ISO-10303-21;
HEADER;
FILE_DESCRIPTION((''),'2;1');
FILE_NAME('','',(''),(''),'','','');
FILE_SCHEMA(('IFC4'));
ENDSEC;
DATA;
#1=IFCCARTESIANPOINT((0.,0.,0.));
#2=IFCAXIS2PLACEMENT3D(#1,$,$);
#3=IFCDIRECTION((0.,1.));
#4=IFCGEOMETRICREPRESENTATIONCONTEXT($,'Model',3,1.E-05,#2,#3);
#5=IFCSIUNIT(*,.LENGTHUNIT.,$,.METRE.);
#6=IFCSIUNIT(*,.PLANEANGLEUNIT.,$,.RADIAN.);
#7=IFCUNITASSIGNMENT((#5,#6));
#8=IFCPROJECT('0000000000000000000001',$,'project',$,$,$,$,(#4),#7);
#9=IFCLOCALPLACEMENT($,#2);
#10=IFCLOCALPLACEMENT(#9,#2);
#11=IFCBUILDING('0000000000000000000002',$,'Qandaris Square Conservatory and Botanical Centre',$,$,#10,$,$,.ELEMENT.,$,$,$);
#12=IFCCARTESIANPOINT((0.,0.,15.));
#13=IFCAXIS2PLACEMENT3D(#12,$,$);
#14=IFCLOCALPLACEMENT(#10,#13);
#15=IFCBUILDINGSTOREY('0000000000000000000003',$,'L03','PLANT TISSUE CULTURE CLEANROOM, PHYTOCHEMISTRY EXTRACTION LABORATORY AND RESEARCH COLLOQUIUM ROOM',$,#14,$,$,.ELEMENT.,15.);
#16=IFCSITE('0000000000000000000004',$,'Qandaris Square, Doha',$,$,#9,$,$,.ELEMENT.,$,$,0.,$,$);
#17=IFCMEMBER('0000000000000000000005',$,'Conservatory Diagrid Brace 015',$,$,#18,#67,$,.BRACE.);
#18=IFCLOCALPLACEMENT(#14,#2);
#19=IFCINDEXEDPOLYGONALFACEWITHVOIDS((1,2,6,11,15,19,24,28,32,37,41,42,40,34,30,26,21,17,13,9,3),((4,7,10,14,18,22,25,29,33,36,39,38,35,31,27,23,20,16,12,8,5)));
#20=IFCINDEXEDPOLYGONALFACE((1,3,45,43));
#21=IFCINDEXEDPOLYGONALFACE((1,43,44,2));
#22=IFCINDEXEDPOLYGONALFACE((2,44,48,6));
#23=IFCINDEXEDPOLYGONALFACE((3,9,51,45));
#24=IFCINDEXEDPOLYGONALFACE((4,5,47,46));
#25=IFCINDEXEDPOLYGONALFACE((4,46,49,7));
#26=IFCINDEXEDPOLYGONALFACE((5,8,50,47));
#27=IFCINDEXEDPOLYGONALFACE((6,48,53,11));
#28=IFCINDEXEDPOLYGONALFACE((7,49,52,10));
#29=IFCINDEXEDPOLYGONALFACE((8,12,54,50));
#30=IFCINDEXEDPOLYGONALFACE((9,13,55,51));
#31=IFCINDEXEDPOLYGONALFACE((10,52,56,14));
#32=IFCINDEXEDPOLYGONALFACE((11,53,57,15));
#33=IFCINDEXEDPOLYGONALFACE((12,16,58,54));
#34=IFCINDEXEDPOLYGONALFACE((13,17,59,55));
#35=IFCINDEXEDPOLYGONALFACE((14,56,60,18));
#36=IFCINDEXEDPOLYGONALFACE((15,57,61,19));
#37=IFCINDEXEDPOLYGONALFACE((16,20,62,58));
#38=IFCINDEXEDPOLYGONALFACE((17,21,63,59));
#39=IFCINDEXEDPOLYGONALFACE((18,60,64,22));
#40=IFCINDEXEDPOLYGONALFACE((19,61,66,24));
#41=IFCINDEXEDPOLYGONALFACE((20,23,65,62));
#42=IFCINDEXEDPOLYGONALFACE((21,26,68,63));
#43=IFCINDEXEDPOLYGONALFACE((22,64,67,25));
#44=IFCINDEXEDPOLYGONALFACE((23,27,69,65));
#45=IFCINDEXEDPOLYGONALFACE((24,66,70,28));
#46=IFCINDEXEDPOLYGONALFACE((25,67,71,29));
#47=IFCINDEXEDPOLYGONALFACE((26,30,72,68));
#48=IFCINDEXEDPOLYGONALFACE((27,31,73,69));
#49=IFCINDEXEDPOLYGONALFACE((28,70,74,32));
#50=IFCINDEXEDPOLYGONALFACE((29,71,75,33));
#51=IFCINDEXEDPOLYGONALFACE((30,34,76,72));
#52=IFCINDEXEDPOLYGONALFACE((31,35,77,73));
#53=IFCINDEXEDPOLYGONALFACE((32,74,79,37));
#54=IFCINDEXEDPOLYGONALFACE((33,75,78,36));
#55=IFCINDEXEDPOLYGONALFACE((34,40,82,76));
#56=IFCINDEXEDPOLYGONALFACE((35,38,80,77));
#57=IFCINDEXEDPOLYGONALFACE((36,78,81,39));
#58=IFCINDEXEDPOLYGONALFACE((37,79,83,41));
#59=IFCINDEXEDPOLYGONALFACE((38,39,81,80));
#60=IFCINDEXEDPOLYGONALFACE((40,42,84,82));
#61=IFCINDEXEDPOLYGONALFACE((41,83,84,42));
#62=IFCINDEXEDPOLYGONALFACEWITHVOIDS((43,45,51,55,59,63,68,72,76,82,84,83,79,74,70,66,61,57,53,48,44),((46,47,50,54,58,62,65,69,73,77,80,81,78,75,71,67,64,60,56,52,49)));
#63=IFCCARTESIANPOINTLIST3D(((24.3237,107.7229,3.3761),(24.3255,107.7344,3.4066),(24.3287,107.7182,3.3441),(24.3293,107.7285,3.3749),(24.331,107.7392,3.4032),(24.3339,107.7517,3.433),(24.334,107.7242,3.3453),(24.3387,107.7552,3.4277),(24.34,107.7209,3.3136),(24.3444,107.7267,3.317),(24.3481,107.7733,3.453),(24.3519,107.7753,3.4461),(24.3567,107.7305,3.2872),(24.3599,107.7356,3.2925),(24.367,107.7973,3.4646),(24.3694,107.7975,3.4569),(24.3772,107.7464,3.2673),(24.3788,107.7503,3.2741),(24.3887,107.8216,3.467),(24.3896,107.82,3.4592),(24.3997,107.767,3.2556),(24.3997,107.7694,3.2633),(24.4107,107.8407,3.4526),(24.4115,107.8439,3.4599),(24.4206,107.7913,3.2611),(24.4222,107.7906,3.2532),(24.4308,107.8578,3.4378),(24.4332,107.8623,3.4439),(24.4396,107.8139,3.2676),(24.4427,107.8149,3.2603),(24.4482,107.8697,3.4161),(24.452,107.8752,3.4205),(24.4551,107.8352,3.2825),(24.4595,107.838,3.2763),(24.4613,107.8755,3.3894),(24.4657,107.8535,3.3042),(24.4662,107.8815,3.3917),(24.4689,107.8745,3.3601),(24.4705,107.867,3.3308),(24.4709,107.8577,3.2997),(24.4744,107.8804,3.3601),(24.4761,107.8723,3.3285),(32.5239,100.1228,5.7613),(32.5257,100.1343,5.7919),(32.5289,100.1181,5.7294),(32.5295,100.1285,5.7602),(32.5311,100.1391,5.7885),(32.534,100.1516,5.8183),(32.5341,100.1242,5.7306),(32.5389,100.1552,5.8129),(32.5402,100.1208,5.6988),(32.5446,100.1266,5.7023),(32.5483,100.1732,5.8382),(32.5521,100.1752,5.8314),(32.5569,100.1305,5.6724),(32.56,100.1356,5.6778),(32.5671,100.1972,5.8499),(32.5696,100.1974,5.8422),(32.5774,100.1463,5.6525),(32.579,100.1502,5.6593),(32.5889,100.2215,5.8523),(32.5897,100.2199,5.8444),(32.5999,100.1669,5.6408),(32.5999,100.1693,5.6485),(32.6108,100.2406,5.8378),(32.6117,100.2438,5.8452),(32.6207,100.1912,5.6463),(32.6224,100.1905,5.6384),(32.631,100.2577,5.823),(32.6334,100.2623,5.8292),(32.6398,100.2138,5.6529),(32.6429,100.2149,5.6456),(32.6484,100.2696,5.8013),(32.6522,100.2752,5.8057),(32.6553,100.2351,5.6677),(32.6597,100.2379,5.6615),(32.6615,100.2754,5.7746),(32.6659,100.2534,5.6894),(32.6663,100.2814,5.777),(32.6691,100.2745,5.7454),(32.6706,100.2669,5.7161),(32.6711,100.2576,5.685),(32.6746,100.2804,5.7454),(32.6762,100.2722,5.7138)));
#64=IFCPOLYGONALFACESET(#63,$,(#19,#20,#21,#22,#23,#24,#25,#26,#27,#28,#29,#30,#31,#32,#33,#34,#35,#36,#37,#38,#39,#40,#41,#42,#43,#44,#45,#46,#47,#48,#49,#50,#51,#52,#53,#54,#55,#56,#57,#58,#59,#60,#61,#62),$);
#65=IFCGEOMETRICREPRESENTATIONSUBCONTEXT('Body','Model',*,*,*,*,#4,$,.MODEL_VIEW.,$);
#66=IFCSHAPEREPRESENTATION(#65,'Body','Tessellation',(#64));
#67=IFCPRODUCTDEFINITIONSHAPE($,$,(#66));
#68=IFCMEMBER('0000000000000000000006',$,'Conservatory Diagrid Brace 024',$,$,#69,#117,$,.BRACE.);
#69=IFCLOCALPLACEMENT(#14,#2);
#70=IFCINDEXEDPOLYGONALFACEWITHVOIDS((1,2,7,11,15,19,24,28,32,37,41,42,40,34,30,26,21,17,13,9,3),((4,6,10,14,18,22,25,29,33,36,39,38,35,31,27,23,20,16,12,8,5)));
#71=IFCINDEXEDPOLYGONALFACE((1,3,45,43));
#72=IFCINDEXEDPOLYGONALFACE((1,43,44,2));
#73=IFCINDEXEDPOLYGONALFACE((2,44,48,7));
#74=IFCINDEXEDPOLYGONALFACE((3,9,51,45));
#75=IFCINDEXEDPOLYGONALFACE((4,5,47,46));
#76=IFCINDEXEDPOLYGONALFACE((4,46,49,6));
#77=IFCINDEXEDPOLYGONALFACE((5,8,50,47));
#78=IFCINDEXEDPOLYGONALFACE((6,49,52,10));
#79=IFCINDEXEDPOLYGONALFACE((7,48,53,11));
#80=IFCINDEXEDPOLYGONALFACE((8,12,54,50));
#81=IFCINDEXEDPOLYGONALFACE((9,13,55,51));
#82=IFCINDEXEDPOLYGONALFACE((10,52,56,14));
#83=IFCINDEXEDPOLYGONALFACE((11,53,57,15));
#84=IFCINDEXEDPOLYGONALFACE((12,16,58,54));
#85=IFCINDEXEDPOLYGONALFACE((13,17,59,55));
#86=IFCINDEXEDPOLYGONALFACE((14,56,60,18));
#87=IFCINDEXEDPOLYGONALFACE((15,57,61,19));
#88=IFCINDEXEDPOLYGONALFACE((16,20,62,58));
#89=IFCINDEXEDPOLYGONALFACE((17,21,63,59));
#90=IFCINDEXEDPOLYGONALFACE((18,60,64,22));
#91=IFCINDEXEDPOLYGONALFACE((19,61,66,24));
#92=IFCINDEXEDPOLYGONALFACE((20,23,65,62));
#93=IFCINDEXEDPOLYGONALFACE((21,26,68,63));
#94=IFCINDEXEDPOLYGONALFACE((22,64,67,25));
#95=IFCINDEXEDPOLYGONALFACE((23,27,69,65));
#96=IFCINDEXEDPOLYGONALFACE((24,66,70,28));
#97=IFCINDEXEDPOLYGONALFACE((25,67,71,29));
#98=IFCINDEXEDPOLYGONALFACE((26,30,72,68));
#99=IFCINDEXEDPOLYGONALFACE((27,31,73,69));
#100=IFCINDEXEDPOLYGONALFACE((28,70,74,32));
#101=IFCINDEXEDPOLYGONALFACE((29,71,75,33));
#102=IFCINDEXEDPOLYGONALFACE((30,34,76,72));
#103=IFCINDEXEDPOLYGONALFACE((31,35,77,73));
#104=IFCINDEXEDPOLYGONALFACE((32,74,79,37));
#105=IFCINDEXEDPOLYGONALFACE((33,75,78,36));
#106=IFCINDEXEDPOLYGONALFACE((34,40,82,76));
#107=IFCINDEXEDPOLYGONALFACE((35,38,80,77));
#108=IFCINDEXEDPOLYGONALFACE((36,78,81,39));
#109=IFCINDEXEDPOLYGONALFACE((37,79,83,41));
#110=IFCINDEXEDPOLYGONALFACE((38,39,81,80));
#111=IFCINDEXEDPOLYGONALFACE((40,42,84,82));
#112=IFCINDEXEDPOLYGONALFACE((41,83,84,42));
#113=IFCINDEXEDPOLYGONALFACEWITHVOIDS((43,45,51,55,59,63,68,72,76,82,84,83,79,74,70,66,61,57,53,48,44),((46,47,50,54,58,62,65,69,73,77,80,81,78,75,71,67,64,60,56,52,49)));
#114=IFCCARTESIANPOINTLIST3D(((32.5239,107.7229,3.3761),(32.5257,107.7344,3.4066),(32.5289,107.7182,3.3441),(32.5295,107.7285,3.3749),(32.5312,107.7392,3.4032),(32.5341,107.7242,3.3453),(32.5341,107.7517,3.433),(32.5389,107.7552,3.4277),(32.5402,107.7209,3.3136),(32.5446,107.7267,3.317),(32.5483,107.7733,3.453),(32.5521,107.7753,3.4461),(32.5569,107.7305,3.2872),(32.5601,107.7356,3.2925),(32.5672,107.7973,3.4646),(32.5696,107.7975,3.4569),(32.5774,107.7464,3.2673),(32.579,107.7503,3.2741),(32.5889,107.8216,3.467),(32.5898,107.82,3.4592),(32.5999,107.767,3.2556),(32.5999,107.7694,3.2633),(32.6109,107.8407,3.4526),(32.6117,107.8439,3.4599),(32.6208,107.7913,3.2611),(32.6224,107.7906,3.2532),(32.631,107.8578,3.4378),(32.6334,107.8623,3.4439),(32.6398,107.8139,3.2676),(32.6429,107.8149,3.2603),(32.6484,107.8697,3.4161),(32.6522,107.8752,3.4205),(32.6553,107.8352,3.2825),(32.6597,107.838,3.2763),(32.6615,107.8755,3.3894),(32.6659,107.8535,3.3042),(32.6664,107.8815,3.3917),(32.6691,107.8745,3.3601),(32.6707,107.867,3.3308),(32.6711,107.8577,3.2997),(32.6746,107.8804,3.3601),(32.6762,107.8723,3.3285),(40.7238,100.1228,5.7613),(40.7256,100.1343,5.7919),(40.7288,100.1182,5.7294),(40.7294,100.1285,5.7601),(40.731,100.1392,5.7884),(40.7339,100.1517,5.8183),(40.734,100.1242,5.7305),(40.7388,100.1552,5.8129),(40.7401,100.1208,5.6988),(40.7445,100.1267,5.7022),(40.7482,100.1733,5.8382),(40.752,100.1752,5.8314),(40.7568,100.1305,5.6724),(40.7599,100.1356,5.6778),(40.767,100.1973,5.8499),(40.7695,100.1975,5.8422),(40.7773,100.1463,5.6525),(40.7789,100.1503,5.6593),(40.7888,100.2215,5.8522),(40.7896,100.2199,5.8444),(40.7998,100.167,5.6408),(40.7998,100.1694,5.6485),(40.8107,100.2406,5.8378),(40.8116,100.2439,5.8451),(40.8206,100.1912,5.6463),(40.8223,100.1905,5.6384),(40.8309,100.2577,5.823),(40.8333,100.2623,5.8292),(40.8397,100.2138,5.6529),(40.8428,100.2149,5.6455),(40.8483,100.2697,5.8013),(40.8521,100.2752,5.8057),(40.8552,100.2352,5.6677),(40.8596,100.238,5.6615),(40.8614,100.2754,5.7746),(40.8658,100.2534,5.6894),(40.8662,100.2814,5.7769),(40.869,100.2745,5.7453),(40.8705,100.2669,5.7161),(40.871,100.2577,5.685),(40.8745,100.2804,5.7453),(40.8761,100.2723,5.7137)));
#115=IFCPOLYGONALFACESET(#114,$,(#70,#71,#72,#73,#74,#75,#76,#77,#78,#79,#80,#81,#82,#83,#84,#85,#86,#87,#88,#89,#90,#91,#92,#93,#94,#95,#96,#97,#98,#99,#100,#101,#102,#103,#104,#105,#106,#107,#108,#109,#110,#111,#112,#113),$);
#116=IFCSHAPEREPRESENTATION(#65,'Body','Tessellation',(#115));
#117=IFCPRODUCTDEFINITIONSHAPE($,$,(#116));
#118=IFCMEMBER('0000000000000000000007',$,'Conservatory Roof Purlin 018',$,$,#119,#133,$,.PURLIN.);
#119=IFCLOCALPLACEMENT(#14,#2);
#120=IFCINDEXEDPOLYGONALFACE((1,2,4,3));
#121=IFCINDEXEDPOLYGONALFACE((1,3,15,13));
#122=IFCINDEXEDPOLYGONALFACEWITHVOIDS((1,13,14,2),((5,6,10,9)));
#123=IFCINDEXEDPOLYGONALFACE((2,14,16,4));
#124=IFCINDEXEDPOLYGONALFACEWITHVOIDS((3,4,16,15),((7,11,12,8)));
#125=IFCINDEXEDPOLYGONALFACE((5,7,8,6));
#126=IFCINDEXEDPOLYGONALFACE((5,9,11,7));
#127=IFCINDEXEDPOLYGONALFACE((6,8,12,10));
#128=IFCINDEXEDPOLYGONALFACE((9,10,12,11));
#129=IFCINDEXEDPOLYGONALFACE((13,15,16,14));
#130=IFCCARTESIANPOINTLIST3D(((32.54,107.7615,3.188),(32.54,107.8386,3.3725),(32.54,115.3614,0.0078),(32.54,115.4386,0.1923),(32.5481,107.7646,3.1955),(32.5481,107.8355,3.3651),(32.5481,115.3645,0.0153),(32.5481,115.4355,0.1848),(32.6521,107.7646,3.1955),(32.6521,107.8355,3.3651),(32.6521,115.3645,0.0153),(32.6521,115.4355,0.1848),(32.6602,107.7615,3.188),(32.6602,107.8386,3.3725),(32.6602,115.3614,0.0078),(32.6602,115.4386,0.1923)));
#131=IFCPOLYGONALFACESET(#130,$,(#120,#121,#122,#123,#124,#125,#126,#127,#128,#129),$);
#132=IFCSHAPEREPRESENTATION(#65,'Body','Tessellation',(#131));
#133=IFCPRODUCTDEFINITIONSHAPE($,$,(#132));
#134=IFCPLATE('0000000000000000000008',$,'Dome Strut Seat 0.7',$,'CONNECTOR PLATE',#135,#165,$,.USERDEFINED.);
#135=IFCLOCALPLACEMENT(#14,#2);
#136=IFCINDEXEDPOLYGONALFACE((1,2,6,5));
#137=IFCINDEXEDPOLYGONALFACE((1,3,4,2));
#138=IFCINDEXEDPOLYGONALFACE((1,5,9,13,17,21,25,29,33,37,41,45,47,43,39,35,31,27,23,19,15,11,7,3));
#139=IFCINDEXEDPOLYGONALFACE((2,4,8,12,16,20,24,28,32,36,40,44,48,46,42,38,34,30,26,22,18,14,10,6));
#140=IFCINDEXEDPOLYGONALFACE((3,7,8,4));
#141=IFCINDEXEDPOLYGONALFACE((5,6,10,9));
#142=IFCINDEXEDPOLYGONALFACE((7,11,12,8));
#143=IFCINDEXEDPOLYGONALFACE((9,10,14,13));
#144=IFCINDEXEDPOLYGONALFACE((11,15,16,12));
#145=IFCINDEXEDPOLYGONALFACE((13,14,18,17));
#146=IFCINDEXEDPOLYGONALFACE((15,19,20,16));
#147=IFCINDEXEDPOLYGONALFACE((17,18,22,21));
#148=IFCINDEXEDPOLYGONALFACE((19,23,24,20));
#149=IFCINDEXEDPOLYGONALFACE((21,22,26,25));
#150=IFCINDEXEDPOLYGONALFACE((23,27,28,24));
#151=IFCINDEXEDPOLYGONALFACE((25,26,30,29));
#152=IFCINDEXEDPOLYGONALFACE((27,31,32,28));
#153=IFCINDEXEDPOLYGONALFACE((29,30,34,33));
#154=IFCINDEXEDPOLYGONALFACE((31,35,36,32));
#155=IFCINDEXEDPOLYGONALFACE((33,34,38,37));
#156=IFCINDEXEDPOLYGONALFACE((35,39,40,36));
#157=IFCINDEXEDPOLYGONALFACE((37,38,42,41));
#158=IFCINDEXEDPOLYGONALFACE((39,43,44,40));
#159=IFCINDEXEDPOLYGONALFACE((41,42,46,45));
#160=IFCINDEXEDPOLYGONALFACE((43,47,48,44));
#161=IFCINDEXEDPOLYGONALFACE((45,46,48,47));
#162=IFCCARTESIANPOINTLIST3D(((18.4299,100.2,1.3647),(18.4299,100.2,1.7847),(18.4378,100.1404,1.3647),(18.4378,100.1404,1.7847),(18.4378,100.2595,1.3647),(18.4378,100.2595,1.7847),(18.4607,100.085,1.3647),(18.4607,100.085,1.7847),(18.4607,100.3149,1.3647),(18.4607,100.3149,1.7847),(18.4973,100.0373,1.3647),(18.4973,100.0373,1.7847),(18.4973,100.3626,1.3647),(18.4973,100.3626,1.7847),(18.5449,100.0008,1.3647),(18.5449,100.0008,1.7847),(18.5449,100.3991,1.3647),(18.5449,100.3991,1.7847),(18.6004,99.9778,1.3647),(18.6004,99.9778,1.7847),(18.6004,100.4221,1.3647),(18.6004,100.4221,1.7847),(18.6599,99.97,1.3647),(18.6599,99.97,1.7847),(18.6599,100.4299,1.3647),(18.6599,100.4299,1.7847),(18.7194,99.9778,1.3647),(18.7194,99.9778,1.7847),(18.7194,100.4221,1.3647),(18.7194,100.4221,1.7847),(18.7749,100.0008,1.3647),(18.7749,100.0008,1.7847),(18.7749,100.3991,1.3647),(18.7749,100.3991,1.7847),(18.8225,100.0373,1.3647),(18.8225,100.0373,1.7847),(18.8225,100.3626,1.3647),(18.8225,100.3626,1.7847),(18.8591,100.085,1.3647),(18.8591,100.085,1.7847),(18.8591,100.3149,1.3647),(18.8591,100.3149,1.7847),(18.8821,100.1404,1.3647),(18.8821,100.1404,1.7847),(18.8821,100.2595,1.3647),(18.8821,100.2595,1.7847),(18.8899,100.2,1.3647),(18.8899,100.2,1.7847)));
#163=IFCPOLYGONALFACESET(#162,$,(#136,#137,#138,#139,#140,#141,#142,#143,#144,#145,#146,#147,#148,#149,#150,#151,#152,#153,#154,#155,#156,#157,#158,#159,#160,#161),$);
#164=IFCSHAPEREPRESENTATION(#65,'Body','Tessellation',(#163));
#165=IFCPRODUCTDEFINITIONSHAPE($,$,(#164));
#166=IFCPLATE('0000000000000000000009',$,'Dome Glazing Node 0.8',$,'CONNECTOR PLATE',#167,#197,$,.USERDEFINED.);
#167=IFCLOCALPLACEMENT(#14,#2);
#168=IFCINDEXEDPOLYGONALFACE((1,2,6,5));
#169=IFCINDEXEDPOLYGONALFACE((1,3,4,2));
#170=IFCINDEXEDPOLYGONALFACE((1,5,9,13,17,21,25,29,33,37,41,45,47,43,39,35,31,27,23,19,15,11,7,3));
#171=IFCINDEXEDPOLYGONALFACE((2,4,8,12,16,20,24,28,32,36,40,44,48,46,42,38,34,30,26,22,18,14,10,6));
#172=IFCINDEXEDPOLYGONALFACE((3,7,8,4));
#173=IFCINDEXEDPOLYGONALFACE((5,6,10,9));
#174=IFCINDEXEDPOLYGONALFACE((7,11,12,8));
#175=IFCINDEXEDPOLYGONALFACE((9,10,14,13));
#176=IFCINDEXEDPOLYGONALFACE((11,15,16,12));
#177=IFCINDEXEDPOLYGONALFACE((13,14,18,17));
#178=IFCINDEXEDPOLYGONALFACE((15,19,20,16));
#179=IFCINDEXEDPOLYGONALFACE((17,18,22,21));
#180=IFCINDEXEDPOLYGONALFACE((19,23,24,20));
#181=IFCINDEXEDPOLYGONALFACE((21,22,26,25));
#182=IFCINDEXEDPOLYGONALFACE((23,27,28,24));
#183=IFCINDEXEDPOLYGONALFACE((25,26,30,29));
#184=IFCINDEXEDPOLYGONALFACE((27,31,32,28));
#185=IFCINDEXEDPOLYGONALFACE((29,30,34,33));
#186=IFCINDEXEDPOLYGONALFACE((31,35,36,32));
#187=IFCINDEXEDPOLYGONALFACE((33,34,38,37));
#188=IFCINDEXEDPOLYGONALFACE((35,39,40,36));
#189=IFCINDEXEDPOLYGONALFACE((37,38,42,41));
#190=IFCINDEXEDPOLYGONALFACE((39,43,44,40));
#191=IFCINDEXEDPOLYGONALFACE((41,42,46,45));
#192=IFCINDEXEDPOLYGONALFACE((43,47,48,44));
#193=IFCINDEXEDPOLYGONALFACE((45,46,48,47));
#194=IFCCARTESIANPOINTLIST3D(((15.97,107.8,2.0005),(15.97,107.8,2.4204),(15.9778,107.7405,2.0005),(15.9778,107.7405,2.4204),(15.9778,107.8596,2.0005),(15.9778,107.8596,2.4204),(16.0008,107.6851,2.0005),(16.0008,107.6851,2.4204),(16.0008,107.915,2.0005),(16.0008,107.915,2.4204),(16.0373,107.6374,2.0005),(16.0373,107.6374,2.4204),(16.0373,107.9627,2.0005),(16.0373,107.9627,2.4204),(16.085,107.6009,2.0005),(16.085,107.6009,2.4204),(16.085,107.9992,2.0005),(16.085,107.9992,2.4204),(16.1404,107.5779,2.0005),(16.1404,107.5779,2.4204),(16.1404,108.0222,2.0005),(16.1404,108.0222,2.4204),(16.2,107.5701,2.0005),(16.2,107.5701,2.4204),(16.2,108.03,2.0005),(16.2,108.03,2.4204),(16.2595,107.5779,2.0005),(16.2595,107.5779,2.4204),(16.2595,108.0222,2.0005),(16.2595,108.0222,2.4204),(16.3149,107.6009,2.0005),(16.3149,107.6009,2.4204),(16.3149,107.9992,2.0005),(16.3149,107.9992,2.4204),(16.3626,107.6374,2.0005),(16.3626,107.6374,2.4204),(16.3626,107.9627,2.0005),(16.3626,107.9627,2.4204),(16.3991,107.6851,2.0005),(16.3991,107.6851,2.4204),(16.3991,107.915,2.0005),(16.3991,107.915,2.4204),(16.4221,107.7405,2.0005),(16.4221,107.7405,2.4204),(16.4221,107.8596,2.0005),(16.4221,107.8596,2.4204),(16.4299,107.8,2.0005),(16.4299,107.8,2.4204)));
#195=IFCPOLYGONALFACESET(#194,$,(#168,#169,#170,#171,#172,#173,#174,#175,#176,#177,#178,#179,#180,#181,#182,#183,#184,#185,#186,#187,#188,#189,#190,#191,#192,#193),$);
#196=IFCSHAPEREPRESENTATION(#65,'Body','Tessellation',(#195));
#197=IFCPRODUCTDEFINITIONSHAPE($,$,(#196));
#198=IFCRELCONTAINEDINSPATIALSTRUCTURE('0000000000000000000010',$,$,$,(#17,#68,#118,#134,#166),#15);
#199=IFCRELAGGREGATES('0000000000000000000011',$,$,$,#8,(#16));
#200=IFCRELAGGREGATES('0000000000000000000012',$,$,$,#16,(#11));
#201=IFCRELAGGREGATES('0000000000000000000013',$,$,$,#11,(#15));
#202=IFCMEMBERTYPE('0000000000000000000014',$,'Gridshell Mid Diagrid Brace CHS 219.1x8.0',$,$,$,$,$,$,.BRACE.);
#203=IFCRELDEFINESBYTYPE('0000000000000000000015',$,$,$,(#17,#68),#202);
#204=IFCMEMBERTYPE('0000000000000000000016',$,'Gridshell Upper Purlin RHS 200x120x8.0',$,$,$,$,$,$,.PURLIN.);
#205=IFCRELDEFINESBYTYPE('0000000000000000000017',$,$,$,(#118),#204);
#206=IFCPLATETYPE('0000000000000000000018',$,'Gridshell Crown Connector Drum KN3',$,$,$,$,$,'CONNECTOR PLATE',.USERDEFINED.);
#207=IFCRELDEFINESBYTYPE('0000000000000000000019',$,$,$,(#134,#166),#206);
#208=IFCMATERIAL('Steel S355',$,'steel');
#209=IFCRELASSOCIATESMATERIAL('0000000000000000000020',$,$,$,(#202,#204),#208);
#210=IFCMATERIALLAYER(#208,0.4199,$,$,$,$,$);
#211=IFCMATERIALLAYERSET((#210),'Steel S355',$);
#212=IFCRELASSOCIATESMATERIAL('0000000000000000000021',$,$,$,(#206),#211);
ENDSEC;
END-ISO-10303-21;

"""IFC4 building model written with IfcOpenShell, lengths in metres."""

from ifc_helpers import new_model, si_unit, direction, frame, origin, origin_2d, place, context, subcontext, project, spatial, hollow_rectangle, circle, hollow_circle, extrude, material, layer, layer_set, material_profile, profile_set, type_object, element, save


model = new_model("IFC4")

# Units and contexts
model_context = context("Model", 3, precision=1e-05, world=origin(), true_north=direction((0.0, 1.0)))
body_context = subcontext(model_context, "Body", "Model", "MODEL_VIEW")
ifc_project = project(units=[si_unit("LENGTHUNIT", "METRE"), si_unit("PLANEANGLEUNIT", "RADIAN")], contexts=[model_context])

# Site, building, storey
site_placement = place(None, origin())
site = spatial("IfcSite", under=ifc_project, at=site_placement, Name="Qandaris Square, Doha", CompositionType="ELEMENT", RefElevation=0.0)
building_placement = place(site_placement, origin())
building = spatial("IfcBuilding", under=site, at=building_placement, Name="Qandaris Square Conservatory and Botanical Centre", CompositionType="ELEMENT")
storey_placement = place(building_placement, frame((0.0, 0.0, 15.0)))
storey = spatial("IfcBuildingStorey", under=building, at=storey_placement, Name="L03", Description="PLANT TISSUE CULTURE CLEANROOM, PHYTOCHEMISTRY EXTRACTION LABORATORY AND RESEARCH COLLOQUIUM ROOM", CompositionType="ELEMENT", Elevation=15.0)

# Members
ifc_material_1 = material(Name="Steel S355", Category="steel")
ifc_material_profile_1 = material_profile(ifc_material_1, hollow_circle(Radius=0.1096, WallThickness=0.0081, at=origin_2d()), Name="CHS 219.1x8.0")
ifc_profile_set_1 = profile_set([ifc_material_profile_1], Name="Steel S355")
member_type_1 = type_object("IfcMemberType", Name="Gridshell Mid Diagrid Brace CHS 219.1x8.0", PredefinedType="BRACE", material=ifc_profile_set_1)
member_1_placement = place(storey_placement, frame((24.3999, 107.8, 3.3601), z_axis=(0.717292, -0.6648, 0.208644), x_axis=(0.679761, 0.733434, 0.0)))
element("IfcMember", 1, at=member_1_placement, inside=storey, type_object=member_type_1, Name="Conservatory Diagrid Brace 015", PredefinedType="BRACE", context=body_context, shape_type="SweptSolid", body=[
    extrude(hollow_circle(Radius=0.1096, WallThickness=0.0081, at=origin_2d()), origin(), (0.0, 0.0, 1.0), 11.4321),
])
member_2_placement = place(storey_placement, frame((32.6001, 107.8, 3.3601), z_axis=(0.717282, -0.66481, 0.208648), x_axis=(0.679772, 0.733424, 0.0)))
element("IfcMember", 2, at=member_2_placement, inside=storey, type_object=member_type_1, Name="Conservatory Diagrid Brace 024", PredefinedType="BRACE", context=body_context, shape_type="SweptSolid", body=[
    extrude(hollow_circle(Radius=0.1096, WallThickness=0.0081, at=origin_2d()), origin(), (0.0, 0.0, 1.0), 11.4319),
])
ifc_material_profile_2 = material_profile(ifc_material_1, hollow_rectangle(XDim=0.1201, YDim=0.2, WallThickness=0.0081, at=origin_2d()), Name="RHS 200x120x8.0")
ifc_profile_set_2 = profile_set([ifc_material_profile_2], Name="Steel S355")
member_type_2 = type_object("IfcMemberType", Name="Gridshell Upper Purlin RHS 200x120x8.0", PredefinedType="PURLIN", material=ifc_profile_set_2)
member_3_placement = place(storey_placement, frame((32.6001, 107.8, 3.2803), z_axis=(0.0, 0.922491, -0.386018), x_axis=(-1.0, 0.0, 0.0)))
element("IfcMember", 3, at=member_3_placement, inside=storey, type_object=member_type_2, Name="Conservatory Roof Purlin 018", PredefinedType="PURLIN", context=body_context, shape_type="SweptSolid", body=[
    extrude(hollow_rectangle(XDim=0.1201, YDim=0.2, WallThickness=0.0081, at=origin_2d()), origin(), (0.0, 0.0, 1.0), 8.2385),
])

# Plates
ifc_layer_1 = layer(ifc_material_1, 0.4199)
ifc_layer_set_1 = layer_set([ifc_layer_1], Name="Steel S355")
plate_type_1 = type_object("IfcPlateType", Name="Gridshell Crown Connector Drum KN3", ElementType="CONNECTOR PLATE", PredefinedType="USERDEFINED", material=ifc_layer_set_1)
for number, where, z_axis, x_axis, name in (
    (4, (18.6599, 100.2, 1.3647), (0.0, 0.0, 1.0), (1.0, 0.0, 0.0), "Dome Strut Seat 0.7"),
    (5, (16.2, 107.8, 2.0005), (0.0, 0.0, 1.0), (1.0, 0.0, 0.0), "Dome Glazing Node 0.8"),
):
    element("IfcPlate", number, at=place(storey_placement, frame(where, z_axis=z_axis, x_axis=x_axis)), inside=storey, type_object=plate_type_1, Name=name, ObjectType="CONNECTOR PLATE", PredefinedType="USERDEFINED", context=body_context, shape_type="SweptSolid", body=[
        extrude(circle(Radius=0.23, at=origin_2d()), origin(), (0.0, 0.0, 1.0), 0.4199),
    ])

save(model, "model.ifc")
